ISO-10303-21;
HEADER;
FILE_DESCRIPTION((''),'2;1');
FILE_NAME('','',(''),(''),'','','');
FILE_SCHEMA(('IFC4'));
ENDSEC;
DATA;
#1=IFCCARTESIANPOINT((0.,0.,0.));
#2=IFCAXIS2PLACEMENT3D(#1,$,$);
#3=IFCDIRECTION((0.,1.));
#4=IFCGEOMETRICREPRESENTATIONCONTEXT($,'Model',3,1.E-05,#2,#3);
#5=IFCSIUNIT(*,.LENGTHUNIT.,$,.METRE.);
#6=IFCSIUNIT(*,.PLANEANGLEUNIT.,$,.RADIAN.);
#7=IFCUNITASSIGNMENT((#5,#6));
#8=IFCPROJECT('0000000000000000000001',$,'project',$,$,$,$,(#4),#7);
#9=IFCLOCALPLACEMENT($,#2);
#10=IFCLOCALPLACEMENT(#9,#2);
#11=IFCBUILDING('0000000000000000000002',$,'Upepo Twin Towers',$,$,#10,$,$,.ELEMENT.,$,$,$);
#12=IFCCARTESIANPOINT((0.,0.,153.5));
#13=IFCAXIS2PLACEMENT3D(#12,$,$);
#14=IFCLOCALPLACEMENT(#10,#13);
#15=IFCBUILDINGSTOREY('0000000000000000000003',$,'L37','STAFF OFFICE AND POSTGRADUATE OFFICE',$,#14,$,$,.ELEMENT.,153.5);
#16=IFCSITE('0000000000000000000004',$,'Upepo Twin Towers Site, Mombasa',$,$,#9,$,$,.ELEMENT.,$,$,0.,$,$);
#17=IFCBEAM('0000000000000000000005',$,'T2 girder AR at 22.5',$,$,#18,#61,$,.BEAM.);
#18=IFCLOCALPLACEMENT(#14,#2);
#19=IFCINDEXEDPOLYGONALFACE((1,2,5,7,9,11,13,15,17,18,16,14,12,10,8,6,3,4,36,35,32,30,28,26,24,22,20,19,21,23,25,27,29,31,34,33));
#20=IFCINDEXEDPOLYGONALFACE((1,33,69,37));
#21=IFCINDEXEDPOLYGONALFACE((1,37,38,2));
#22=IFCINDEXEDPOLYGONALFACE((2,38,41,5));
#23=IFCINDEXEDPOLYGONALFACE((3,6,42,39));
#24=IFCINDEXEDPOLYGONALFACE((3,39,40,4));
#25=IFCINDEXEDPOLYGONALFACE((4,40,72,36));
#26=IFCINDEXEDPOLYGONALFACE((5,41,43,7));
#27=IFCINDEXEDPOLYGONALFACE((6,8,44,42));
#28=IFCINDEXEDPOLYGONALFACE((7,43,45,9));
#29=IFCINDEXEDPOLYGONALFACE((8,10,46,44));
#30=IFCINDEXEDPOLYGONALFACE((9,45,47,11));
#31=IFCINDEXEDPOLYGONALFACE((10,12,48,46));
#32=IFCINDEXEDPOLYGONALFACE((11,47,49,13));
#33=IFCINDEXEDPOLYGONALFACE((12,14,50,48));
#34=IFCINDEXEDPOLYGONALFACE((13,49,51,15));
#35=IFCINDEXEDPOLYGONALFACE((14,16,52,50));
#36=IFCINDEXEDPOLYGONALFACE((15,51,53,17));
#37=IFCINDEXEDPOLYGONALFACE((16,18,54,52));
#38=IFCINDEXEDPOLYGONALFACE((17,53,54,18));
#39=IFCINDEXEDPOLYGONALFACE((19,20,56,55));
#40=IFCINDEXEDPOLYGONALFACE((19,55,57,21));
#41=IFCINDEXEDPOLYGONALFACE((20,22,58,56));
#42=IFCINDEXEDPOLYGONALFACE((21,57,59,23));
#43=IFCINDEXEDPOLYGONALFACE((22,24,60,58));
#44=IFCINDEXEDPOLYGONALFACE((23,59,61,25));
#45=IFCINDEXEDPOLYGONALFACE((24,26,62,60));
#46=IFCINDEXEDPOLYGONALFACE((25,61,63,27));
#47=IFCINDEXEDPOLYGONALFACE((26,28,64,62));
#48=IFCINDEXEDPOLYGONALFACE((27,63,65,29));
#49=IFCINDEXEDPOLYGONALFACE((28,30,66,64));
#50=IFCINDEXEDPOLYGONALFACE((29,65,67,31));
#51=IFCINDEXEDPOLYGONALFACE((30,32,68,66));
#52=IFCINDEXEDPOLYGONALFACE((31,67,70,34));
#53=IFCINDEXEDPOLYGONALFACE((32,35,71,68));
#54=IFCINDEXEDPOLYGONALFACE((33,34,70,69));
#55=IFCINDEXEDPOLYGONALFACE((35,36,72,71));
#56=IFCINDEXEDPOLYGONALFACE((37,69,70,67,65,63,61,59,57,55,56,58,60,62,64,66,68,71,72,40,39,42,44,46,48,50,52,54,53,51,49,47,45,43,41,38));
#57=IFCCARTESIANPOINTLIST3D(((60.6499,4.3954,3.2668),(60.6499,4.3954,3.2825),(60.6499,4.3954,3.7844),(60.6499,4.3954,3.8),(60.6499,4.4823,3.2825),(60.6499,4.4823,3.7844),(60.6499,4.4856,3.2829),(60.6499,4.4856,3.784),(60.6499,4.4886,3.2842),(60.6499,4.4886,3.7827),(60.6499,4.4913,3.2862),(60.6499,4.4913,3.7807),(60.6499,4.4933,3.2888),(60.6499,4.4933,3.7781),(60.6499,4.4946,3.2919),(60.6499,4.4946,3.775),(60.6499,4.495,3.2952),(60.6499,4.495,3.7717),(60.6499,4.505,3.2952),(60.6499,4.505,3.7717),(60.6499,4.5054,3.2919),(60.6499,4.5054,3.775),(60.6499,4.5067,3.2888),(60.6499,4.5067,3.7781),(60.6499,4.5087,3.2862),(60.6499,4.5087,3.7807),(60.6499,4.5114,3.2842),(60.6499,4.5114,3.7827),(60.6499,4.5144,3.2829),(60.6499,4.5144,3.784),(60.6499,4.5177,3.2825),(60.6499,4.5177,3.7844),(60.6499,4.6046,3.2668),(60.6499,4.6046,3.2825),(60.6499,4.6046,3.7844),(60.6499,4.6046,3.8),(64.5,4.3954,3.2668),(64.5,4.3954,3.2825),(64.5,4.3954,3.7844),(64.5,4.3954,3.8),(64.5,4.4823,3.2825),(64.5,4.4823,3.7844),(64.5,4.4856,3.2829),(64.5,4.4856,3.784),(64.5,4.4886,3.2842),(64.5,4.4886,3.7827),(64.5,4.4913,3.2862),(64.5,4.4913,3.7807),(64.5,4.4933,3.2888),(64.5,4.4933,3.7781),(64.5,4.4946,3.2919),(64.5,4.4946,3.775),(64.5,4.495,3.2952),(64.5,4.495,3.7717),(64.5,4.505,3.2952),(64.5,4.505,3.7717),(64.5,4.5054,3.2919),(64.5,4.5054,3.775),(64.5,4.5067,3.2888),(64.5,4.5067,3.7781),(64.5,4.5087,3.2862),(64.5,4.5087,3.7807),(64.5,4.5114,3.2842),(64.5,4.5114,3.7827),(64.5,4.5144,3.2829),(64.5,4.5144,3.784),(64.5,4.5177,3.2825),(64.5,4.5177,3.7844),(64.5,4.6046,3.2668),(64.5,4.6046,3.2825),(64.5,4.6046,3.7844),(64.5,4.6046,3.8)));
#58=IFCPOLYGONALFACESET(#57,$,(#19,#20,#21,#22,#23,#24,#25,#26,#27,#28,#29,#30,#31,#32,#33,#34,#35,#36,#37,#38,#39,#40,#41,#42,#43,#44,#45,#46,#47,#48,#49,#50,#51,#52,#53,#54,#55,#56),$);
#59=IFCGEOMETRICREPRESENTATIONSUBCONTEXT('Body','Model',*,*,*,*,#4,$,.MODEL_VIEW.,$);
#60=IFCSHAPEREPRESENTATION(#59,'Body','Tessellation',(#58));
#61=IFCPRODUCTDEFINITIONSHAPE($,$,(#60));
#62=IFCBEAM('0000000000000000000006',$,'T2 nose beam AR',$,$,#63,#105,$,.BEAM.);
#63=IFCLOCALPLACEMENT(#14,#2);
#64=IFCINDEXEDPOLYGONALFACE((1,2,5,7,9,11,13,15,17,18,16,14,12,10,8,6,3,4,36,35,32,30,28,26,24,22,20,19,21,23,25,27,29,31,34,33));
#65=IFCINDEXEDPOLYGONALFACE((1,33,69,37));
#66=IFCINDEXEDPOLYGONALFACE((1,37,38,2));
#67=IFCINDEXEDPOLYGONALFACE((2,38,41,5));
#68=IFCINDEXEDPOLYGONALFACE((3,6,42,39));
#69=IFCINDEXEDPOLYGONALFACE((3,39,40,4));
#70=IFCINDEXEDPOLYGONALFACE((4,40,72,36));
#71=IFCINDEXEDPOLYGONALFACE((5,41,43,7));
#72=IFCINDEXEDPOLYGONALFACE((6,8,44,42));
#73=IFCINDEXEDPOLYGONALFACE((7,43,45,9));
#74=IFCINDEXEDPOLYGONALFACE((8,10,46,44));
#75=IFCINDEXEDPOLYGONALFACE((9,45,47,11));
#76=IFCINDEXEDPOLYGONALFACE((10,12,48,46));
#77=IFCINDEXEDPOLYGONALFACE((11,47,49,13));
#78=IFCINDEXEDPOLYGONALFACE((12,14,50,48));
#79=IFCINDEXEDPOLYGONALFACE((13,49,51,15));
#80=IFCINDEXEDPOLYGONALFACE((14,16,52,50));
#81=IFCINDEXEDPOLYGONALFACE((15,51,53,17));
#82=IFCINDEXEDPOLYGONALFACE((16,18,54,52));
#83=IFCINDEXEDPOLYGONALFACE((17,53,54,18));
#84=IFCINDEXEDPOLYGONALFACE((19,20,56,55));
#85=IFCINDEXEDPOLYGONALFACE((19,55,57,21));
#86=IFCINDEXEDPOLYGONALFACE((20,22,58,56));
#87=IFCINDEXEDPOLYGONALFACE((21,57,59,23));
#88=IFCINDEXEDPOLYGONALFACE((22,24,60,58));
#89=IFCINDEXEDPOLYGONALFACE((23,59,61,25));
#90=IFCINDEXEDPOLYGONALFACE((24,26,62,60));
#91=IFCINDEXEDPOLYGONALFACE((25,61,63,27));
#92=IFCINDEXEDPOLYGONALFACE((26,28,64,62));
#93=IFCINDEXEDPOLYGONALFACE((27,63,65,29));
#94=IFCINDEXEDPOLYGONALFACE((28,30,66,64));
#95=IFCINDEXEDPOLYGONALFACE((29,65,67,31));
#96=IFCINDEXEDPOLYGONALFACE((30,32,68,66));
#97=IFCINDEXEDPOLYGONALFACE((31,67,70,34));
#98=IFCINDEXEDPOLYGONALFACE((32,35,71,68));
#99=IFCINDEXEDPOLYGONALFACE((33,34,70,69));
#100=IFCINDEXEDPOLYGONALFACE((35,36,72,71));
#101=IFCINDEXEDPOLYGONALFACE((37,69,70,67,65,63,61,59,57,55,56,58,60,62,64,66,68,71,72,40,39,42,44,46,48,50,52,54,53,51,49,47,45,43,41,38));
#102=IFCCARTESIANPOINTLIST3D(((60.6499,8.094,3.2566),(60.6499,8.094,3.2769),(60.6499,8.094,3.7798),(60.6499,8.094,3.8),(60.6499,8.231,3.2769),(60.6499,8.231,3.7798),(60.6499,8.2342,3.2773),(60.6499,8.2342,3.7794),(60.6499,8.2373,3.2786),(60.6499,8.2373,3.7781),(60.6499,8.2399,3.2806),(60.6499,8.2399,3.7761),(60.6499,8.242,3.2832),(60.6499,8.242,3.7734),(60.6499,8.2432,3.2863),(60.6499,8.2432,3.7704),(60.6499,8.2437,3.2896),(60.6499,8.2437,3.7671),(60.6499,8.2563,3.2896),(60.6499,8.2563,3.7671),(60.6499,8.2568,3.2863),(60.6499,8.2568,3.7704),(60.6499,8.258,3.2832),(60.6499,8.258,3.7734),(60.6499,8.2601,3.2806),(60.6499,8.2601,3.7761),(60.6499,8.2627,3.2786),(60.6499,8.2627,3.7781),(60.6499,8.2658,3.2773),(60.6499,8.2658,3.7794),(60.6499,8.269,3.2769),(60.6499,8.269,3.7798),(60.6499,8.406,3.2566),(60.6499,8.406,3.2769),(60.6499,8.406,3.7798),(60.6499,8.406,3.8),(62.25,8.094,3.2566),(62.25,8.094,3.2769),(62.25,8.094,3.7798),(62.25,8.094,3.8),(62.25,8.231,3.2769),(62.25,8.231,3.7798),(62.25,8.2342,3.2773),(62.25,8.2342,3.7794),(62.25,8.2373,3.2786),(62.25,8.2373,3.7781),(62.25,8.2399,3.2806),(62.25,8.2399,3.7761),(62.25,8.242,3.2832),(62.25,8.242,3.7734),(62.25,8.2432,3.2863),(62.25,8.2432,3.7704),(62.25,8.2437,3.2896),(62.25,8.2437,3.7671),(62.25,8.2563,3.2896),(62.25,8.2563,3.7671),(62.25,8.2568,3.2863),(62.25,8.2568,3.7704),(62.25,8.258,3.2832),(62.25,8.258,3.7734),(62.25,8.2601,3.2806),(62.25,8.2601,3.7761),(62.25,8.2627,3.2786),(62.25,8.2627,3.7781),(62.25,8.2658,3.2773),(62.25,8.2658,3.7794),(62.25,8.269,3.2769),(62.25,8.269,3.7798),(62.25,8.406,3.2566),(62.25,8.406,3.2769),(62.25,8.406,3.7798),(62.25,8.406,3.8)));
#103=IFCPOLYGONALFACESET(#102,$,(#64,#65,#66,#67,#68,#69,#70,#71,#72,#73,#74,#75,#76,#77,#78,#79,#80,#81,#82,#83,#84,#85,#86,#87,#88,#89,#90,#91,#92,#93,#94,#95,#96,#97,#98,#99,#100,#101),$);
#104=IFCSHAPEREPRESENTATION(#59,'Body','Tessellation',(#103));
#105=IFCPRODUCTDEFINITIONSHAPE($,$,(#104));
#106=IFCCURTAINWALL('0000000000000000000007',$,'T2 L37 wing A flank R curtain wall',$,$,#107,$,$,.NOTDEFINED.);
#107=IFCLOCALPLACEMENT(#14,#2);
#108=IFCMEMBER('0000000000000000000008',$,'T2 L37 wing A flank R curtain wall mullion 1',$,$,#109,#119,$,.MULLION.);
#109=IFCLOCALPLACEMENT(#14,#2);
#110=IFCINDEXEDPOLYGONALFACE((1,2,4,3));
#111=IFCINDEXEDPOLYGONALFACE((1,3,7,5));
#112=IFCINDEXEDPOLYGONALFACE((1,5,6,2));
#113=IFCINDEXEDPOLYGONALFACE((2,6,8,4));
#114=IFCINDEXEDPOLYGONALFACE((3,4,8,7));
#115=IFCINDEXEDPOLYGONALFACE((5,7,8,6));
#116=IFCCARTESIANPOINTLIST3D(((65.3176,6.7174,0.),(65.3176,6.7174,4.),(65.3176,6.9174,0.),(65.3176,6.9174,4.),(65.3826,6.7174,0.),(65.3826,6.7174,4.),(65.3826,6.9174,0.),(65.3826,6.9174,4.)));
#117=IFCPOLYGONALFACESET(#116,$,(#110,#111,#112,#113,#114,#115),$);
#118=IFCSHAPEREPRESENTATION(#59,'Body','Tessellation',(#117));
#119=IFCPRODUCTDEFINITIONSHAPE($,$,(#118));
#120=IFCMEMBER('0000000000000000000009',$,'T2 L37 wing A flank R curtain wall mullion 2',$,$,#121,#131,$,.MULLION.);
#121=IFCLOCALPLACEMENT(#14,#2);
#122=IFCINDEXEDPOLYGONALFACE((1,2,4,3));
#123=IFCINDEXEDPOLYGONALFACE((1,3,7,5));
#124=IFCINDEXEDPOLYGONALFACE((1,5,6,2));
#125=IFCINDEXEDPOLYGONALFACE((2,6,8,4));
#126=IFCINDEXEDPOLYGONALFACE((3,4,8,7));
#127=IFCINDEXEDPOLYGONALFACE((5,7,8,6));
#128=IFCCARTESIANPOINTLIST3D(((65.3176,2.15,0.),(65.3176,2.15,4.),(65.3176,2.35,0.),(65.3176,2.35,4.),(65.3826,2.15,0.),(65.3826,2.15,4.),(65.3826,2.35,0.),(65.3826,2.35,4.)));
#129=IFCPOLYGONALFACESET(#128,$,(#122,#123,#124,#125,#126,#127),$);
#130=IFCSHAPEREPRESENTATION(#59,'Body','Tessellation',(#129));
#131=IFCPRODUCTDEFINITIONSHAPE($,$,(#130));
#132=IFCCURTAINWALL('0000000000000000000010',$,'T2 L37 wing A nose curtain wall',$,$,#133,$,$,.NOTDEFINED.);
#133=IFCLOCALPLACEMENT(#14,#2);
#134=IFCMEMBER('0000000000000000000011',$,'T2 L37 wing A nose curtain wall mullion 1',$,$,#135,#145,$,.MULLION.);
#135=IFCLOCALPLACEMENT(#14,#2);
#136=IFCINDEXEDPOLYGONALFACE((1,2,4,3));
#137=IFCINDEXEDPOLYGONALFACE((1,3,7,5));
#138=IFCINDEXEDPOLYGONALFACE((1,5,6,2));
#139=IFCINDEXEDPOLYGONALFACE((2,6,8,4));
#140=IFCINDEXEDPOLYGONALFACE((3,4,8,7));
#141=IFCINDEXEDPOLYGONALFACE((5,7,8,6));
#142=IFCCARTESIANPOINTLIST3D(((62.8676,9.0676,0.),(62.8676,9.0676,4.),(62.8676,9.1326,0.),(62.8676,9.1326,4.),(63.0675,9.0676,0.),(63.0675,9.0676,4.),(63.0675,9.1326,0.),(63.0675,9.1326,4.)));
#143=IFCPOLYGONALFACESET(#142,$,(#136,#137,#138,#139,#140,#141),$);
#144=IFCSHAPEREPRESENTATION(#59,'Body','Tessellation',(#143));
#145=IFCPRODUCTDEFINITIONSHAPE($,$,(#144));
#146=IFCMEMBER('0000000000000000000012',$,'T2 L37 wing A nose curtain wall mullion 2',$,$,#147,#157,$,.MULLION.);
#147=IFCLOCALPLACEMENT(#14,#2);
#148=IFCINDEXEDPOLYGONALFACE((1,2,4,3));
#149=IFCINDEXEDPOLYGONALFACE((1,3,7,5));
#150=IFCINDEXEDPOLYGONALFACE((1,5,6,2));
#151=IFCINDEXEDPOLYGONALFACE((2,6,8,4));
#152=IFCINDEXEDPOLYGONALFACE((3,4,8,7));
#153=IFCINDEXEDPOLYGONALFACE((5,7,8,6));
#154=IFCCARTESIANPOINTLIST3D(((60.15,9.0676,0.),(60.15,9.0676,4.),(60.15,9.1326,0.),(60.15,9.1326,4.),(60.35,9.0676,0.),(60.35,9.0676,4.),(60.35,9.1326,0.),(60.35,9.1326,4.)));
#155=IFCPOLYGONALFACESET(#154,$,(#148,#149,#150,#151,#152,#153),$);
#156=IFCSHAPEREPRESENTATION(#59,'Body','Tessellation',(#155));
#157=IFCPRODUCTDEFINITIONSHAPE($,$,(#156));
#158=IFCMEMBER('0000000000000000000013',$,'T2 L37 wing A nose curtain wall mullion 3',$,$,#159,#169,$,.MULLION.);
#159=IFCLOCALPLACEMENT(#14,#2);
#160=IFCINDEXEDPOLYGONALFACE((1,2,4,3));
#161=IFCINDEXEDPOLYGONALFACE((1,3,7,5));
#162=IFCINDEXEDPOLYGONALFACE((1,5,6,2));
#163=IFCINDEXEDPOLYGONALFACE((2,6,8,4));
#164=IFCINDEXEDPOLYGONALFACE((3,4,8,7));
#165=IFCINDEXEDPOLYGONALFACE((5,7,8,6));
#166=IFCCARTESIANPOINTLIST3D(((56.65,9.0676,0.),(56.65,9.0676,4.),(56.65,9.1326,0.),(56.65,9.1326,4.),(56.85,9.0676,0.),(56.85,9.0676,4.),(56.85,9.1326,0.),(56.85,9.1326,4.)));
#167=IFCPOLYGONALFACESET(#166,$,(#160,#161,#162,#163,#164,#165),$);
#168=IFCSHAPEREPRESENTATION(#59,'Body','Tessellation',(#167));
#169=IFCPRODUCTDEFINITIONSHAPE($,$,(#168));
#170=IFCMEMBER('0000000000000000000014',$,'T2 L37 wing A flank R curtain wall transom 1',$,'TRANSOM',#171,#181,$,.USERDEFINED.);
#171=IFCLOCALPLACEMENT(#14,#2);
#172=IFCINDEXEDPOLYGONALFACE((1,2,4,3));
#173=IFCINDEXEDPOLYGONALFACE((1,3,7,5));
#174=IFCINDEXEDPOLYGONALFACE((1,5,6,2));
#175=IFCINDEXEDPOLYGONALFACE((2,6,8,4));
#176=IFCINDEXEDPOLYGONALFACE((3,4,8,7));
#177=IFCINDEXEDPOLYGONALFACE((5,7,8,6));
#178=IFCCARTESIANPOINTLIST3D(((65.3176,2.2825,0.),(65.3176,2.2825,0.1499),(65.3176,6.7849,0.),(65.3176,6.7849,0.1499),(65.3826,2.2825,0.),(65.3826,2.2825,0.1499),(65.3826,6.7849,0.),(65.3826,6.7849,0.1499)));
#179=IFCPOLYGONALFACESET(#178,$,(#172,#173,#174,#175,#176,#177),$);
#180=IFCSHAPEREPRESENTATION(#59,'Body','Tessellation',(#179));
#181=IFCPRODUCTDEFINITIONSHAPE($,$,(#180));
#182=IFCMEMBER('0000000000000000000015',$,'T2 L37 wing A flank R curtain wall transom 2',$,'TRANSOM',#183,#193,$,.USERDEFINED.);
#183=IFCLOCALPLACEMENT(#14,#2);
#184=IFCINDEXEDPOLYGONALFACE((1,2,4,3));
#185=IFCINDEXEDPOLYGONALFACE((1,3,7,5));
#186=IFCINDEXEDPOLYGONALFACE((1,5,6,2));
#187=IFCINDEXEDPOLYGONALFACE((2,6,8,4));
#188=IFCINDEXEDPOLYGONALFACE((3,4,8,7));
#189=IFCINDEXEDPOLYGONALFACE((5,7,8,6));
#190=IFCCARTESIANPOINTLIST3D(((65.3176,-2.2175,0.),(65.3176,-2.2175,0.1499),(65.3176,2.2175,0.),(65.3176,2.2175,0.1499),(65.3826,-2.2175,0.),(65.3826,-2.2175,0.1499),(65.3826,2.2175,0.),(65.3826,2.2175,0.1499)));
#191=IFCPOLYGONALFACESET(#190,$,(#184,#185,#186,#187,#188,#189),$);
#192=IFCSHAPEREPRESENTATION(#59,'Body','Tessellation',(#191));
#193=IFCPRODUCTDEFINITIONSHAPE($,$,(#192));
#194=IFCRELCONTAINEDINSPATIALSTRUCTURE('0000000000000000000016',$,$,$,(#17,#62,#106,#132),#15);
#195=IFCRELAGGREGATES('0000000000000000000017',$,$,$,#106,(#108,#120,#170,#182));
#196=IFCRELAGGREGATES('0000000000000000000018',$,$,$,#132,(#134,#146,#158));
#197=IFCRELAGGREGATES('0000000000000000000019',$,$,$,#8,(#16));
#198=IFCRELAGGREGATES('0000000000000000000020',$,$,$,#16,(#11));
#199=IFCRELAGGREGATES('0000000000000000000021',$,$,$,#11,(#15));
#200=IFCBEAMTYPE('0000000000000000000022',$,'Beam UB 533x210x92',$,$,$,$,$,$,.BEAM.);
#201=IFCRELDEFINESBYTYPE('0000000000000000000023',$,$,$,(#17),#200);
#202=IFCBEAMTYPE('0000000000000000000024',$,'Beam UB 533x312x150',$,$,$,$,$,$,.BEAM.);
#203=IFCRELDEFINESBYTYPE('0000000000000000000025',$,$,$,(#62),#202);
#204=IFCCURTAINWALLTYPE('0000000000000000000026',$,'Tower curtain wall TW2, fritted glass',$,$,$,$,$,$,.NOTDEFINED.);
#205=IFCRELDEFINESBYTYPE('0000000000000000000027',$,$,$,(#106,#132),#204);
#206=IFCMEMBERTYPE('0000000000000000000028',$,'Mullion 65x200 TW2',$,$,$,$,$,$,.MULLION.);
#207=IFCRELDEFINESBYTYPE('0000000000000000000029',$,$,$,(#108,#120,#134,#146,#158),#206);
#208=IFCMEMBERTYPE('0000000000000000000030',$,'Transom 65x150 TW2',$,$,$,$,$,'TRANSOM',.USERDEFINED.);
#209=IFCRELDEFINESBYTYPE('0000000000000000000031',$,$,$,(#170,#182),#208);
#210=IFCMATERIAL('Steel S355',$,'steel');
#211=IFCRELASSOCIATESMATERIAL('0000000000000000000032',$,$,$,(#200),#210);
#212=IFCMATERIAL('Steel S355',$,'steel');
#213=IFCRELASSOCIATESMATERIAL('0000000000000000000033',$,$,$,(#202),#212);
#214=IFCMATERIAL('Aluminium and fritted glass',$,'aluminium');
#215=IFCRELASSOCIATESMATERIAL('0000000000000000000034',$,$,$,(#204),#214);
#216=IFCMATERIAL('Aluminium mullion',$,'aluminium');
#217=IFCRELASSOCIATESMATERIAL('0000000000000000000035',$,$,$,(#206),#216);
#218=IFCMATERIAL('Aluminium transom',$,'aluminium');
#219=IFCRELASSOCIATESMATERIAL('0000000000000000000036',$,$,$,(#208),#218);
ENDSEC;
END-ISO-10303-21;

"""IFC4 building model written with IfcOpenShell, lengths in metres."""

from ifc_helpers import new_model, si_unit, direction, frame, origin, origin_2d, place, context, subcontext, project, spatial, rectangle, i_section, extrude, material, material_profile, profile_set, type_object, element, aggregate, save


model = new_model("IFC4")

# Units and contexts
model_context = context("Model", 3, precision=1e-05, world=origin(), true_north=direction((0.0, 1.0)))
body_context = subcontext(model_context, "Body", "Model", "MODEL_VIEW")
ifc_project = project(units=[si_unit("LENGTHUNIT", "METRE"), si_unit("PLANEANGLEUNIT", "RADIAN")], contexts=[model_context])

# Site, building, storey
site_placement = place(None, origin())
site = spatial("IfcSite", under=ifc_project, at=site_placement, Name="Upepo Twin Towers Site, Mombasa", CompositionType="ELEMENT", RefElevation=0.0)
building_placement = place(site_placement, origin())
building = spatial("IfcBuilding", under=site, at=building_placement, Name="Upepo Twin Towers", CompositionType="ELEMENT")
storey_placement = place(building_placement, frame((0.0, 0.0, 153.5)))
storey = spatial("IfcBuildingStorey", under=building, at=storey_placement, Name="L37", Description="STAFF OFFICE AND POSTGRADUATE OFFICE", CompositionType="ELEMENT", Elevation=153.5)

# Beams
ifc_material_1 = material(Name="Steel S355", Category="steel")
ifc_material_profile_1 = material_profile(ifc_material_1, i_section(OverallWidth=0.2092, OverallDepth=0.5332, WebThickness=0.01, FlangeThickness=0.0156, FilletRadius=0.0127, at=origin_2d()), Name="UB 533x210x92")
ifc_profile_set_1 = profile_set([ifc_material_profile_1], Name="Steel S355")
beam_type_1 = type_object("IfcBeamType", Name="Beam UB 533x210x92", PredefinedType="BEAM", material=ifc_profile_set_1)
for number, where, z_axis, x_axis, name in (
    (1, (64.5, 4.5, 3.5334), (-1.0, 0.0, 0.0), (0.0, -1.0, 0.0), "T2 girder AR at 22.5"),
):
    element("IfcBeam", number, at=place(storey_placement, frame(where, z_axis=z_axis, x_axis=x_axis)), inside=storey, type_object=beam_type_1, Name=name, PredefinedType="BEAM", context=body_context, shape_type="SweptSolid", body=[
        extrude(i_section(OverallWidth=0.2092, OverallDepth=0.5332, WebThickness=0.01, FlangeThickness=0.0156, FilletRadius=0.0127, at=origin_2d()), origin(), (0.0, 0.0, 1.0), 3.8501),
    ])
ifc_material_2 = material(Name="Steel S355", Category="steel")
ifc_material_profile_2 = material_profile(ifc_material_2, i_section(OverallWidth=0.312, OverallDepth=0.5435, WebThickness=0.0127, FlangeThickness=0.0203, FilletRadius=0.0127, at=origin_2d()), Name="UB 533x312x150")
ifc_profile_set_2 = profile_set([ifc_material_profile_2], Name="Steel S355")
beam_type_2 = type_object("IfcBeamType", Name="Beam UB 533x312x150", PredefinedType="BEAM", material=ifc_profile_set_2)
beam_1_placement = place(storey_placement, frame((62.25, 8.25, 3.5283), z_axis=(-1.0, 0.0, 0.0), x_axis=(0.0, -1.0, 0.0)))
element("IfcBeam", 2, at=beam_1_placement, inside=storey, type_object=beam_type_2, Name="T2 nose beam AR", PredefinedType="BEAM", context=body_context, shape_type="SweptSolid", body=[
    extrude(i_section(OverallWidth=0.312, OverallDepth=0.5435, WebThickness=0.0127, FlangeThickness=0.0203, FilletRadius=0.0127, at=origin_2d()), origin(), (0.0, 0.0, 1.0), 1.6001),
])

# Curtain walls, members
ifc_material_3 = material(Name="Aluminium and fritted glass", Category="aluminium")
curtain_wall_type = type_object("IfcCurtainWallType", Name="Tower curtain wall TW2, fritted glass", PredefinedType="NOTDEFINED", material=ifc_material_3)
curtain_wall_1_placement = place(storey_placement, origin())
curtain_wall_1 = element("IfcCurtainWall", 3, at=curtain_wall_1_placement, inside=storey, type_object=curtain_wall_type, Name="T2 L37 wing A flank R curtain wall", PredefinedType="NOTDEFINED")
ifc_material_4 = material(Name="Aluminium mullion", Category="aluminium")
ifc_material_profile_3 = material_profile(ifc_material_4, rectangle(XDim=0.0649, YDim=0.2, at=origin_2d()), Name="MULLION 65x200")
ifc_profile_set_3 = profile_set([ifc_material_profile_3], Name="Aluminium mullion")
member_type_1 = type_object("IfcMemberType", Name="Mullion 65x200 TW2", PredefinedType="MULLION", material=ifc_profile_set_3)
member_1_placement = place(storey_placement, frame((65.3501, 6.8174, 0.0), z_axis=(0.0, 0.0, 1.0), x_axis=(1.0, 0.0, 0.0)))
member_1 = element("IfcMember", 4, at=member_1_placement, type_object=member_type_1, Name="T2 L37 wing A flank R curtain wall mullion 1", PredefinedType="MULLION", context=body_context, shape_type="SweptSolid", body=[
    extrude(rectangle(XDim=0.0649, YDim=0.2, at=origin_2d()), origin(), (0.0, 0.0, 1.0), 4.0),
])
member_2_placement = place(storey_placement, frame((65.3501, 2.25, 0.0), z_axis=(0.0, 0.0, 1.0), x_axis=(1.0, 0.0, 0.0)))
member_2 = element("IfcMember", 5, at=member_2_placement, type_object=member_type_1, Name="T2 L37 wing A flank R curtain wall mullion 2", PredefinedType="MULLION", context=body_context, shape_type="SweptSolid", body=[
    extrude(rectangle(XDim=0.0649, YDim=0.2, at=origin_2d()), origin(), (0.0, 0.0, 1.0), 4.0),
])
curtain_wall_2_placement = place(storey_placement, origin())
curtain_wall_2 = element("IfcCurtainWall", 6, at=curtain_wall_2_placement, inside=storey, type_object=curtain_wall_type, Name="T2 L37 wing A nose curtain wall", PredefinedType="NOTDEFINED")
member_3_placement = place(storey_placement, frame((62.9675, 9.1001, 0.0), z_axis=(0.0, 0.0, 1.0), x_axis=(0.0, -1.0, 0.0)))
member_3 = element("IfcMember", 7, at=member_3_placement, type_object=member_type_1, Name="T2 L37 wing A nose curtain wall mullion 1", PredefinedType="MULLION", context=body_context, shape_type="SweptSolid", body=[
    extrude(rectangle(XDim=0.0649, YDim=0.2, at=origin_2d()), origin(), (0.0, 0.0, 1.0), 4.0),
])
member_4_placement = place(storey_placement, frame((60.25, 9.1001, 0.0), z_axis=(0.0, 0.0, 1.0), x_axis=(0.0, -1.0, 0.0)))
member_4 = element("IfcMember", 8, at=member_4_placement, type_object=member_type_1, Name="T2 L37 wing A nose curtain wall mullion 2", PredefinedType="MULLION", context=body_context, shape_type="SweptSolid", body=[
    extrude(rectangle(XDim=0.0649, YDim=0.2, at=origin_2d()), origin(), (0.0, 0.0, 1.0), 4.0),
])
member_5_placement = place(storey_placement, frame((56.75, 9.1001, 0.0), z_axis=(0.0, 0.0, 1.0), x_axis=(0.0, -1.0, 0.0)))
member_5 = element("IfcMember", 9, at=member_5_placement, type_object=member_type_1, Name="T2 L37 wing A nose curtain wall mullion 3", PredefinedType="MULLION", context=body_context, shape_type="SweptSolid", body=[
    extrude(rectangle(XDim=0.0649, YDim=0.2, at=origin_2d()), origin(), (0.0, 0.0, 1.0), 4.0),
])

# Members
ifc_material_5 = material(Name="Aluminium transom", Category="aluminium")
ifc_material_profile_4 = material_profile(ifc_material_5, rectangle(XDim=0.0649, YDim=0.1499, at=origin_2d()), Name="TRANSOM 65x150")
ifc_profile_set_4 = profile_set([ifc_material_profile_4], Name="Aluminium transom")
member_type_2 = type_object("IfcMemberType", Name="Transom 65x150 TW2", ElementType="TRANSOM", PredefinedType="USERDEFINED", material=ifc_profile_set_4)
member_6_placement = place(storey_placement, frame((65.3501, 6.7849, 0.075), z_axis=(0.0, -1.0, 0.0), x_axis=(1.0, 0.0, 0.0)))
member_6 = element("IfcMember", 10, at=member_6_placement, type_object=member_type_2, Name="T2 L37 wing A flank R curtain wall transom 1", ObjectType="TRANSOM", PredefinedType="USERDEFINED", context=body_context, shape_type="SweptSolid", body=[
    extrude(rectangle(XDim=0.0649, YDim=0.1499, at=origin_2d()), origin(), (0.0, 0.0, 1.0), 4.5024),
])
member_7_placement = place(storey_placement, frame((65.3501, 2.2175, 0.075), z_axis=(0.0, -1.0, 0.0), x_axis=(1.0, 0.0, 0.0)))
member_7 = element("IfcMember", 11, at=member_7_placement, type_object=member_type_2, Name="T2 L37 wing A flank R curtain wall transom 2", ObjectType="TRANSOM", PredefinedType="USERDEFINED", context=body_context, shape_type="SweptSolid", body=[
    extrude(rectangle(XDim=0.0649, YDim=0.1499, at=origin_2d()), origin(), (0.0, 0.0, 1.0), 4.4351),
])

aggregate(curtain_wall_1, [member_1, member_2, member_6, member_7])
aggregate(curtain_wall_2, [member_3, member_4, member_5])

save(model, "model.ifc")
